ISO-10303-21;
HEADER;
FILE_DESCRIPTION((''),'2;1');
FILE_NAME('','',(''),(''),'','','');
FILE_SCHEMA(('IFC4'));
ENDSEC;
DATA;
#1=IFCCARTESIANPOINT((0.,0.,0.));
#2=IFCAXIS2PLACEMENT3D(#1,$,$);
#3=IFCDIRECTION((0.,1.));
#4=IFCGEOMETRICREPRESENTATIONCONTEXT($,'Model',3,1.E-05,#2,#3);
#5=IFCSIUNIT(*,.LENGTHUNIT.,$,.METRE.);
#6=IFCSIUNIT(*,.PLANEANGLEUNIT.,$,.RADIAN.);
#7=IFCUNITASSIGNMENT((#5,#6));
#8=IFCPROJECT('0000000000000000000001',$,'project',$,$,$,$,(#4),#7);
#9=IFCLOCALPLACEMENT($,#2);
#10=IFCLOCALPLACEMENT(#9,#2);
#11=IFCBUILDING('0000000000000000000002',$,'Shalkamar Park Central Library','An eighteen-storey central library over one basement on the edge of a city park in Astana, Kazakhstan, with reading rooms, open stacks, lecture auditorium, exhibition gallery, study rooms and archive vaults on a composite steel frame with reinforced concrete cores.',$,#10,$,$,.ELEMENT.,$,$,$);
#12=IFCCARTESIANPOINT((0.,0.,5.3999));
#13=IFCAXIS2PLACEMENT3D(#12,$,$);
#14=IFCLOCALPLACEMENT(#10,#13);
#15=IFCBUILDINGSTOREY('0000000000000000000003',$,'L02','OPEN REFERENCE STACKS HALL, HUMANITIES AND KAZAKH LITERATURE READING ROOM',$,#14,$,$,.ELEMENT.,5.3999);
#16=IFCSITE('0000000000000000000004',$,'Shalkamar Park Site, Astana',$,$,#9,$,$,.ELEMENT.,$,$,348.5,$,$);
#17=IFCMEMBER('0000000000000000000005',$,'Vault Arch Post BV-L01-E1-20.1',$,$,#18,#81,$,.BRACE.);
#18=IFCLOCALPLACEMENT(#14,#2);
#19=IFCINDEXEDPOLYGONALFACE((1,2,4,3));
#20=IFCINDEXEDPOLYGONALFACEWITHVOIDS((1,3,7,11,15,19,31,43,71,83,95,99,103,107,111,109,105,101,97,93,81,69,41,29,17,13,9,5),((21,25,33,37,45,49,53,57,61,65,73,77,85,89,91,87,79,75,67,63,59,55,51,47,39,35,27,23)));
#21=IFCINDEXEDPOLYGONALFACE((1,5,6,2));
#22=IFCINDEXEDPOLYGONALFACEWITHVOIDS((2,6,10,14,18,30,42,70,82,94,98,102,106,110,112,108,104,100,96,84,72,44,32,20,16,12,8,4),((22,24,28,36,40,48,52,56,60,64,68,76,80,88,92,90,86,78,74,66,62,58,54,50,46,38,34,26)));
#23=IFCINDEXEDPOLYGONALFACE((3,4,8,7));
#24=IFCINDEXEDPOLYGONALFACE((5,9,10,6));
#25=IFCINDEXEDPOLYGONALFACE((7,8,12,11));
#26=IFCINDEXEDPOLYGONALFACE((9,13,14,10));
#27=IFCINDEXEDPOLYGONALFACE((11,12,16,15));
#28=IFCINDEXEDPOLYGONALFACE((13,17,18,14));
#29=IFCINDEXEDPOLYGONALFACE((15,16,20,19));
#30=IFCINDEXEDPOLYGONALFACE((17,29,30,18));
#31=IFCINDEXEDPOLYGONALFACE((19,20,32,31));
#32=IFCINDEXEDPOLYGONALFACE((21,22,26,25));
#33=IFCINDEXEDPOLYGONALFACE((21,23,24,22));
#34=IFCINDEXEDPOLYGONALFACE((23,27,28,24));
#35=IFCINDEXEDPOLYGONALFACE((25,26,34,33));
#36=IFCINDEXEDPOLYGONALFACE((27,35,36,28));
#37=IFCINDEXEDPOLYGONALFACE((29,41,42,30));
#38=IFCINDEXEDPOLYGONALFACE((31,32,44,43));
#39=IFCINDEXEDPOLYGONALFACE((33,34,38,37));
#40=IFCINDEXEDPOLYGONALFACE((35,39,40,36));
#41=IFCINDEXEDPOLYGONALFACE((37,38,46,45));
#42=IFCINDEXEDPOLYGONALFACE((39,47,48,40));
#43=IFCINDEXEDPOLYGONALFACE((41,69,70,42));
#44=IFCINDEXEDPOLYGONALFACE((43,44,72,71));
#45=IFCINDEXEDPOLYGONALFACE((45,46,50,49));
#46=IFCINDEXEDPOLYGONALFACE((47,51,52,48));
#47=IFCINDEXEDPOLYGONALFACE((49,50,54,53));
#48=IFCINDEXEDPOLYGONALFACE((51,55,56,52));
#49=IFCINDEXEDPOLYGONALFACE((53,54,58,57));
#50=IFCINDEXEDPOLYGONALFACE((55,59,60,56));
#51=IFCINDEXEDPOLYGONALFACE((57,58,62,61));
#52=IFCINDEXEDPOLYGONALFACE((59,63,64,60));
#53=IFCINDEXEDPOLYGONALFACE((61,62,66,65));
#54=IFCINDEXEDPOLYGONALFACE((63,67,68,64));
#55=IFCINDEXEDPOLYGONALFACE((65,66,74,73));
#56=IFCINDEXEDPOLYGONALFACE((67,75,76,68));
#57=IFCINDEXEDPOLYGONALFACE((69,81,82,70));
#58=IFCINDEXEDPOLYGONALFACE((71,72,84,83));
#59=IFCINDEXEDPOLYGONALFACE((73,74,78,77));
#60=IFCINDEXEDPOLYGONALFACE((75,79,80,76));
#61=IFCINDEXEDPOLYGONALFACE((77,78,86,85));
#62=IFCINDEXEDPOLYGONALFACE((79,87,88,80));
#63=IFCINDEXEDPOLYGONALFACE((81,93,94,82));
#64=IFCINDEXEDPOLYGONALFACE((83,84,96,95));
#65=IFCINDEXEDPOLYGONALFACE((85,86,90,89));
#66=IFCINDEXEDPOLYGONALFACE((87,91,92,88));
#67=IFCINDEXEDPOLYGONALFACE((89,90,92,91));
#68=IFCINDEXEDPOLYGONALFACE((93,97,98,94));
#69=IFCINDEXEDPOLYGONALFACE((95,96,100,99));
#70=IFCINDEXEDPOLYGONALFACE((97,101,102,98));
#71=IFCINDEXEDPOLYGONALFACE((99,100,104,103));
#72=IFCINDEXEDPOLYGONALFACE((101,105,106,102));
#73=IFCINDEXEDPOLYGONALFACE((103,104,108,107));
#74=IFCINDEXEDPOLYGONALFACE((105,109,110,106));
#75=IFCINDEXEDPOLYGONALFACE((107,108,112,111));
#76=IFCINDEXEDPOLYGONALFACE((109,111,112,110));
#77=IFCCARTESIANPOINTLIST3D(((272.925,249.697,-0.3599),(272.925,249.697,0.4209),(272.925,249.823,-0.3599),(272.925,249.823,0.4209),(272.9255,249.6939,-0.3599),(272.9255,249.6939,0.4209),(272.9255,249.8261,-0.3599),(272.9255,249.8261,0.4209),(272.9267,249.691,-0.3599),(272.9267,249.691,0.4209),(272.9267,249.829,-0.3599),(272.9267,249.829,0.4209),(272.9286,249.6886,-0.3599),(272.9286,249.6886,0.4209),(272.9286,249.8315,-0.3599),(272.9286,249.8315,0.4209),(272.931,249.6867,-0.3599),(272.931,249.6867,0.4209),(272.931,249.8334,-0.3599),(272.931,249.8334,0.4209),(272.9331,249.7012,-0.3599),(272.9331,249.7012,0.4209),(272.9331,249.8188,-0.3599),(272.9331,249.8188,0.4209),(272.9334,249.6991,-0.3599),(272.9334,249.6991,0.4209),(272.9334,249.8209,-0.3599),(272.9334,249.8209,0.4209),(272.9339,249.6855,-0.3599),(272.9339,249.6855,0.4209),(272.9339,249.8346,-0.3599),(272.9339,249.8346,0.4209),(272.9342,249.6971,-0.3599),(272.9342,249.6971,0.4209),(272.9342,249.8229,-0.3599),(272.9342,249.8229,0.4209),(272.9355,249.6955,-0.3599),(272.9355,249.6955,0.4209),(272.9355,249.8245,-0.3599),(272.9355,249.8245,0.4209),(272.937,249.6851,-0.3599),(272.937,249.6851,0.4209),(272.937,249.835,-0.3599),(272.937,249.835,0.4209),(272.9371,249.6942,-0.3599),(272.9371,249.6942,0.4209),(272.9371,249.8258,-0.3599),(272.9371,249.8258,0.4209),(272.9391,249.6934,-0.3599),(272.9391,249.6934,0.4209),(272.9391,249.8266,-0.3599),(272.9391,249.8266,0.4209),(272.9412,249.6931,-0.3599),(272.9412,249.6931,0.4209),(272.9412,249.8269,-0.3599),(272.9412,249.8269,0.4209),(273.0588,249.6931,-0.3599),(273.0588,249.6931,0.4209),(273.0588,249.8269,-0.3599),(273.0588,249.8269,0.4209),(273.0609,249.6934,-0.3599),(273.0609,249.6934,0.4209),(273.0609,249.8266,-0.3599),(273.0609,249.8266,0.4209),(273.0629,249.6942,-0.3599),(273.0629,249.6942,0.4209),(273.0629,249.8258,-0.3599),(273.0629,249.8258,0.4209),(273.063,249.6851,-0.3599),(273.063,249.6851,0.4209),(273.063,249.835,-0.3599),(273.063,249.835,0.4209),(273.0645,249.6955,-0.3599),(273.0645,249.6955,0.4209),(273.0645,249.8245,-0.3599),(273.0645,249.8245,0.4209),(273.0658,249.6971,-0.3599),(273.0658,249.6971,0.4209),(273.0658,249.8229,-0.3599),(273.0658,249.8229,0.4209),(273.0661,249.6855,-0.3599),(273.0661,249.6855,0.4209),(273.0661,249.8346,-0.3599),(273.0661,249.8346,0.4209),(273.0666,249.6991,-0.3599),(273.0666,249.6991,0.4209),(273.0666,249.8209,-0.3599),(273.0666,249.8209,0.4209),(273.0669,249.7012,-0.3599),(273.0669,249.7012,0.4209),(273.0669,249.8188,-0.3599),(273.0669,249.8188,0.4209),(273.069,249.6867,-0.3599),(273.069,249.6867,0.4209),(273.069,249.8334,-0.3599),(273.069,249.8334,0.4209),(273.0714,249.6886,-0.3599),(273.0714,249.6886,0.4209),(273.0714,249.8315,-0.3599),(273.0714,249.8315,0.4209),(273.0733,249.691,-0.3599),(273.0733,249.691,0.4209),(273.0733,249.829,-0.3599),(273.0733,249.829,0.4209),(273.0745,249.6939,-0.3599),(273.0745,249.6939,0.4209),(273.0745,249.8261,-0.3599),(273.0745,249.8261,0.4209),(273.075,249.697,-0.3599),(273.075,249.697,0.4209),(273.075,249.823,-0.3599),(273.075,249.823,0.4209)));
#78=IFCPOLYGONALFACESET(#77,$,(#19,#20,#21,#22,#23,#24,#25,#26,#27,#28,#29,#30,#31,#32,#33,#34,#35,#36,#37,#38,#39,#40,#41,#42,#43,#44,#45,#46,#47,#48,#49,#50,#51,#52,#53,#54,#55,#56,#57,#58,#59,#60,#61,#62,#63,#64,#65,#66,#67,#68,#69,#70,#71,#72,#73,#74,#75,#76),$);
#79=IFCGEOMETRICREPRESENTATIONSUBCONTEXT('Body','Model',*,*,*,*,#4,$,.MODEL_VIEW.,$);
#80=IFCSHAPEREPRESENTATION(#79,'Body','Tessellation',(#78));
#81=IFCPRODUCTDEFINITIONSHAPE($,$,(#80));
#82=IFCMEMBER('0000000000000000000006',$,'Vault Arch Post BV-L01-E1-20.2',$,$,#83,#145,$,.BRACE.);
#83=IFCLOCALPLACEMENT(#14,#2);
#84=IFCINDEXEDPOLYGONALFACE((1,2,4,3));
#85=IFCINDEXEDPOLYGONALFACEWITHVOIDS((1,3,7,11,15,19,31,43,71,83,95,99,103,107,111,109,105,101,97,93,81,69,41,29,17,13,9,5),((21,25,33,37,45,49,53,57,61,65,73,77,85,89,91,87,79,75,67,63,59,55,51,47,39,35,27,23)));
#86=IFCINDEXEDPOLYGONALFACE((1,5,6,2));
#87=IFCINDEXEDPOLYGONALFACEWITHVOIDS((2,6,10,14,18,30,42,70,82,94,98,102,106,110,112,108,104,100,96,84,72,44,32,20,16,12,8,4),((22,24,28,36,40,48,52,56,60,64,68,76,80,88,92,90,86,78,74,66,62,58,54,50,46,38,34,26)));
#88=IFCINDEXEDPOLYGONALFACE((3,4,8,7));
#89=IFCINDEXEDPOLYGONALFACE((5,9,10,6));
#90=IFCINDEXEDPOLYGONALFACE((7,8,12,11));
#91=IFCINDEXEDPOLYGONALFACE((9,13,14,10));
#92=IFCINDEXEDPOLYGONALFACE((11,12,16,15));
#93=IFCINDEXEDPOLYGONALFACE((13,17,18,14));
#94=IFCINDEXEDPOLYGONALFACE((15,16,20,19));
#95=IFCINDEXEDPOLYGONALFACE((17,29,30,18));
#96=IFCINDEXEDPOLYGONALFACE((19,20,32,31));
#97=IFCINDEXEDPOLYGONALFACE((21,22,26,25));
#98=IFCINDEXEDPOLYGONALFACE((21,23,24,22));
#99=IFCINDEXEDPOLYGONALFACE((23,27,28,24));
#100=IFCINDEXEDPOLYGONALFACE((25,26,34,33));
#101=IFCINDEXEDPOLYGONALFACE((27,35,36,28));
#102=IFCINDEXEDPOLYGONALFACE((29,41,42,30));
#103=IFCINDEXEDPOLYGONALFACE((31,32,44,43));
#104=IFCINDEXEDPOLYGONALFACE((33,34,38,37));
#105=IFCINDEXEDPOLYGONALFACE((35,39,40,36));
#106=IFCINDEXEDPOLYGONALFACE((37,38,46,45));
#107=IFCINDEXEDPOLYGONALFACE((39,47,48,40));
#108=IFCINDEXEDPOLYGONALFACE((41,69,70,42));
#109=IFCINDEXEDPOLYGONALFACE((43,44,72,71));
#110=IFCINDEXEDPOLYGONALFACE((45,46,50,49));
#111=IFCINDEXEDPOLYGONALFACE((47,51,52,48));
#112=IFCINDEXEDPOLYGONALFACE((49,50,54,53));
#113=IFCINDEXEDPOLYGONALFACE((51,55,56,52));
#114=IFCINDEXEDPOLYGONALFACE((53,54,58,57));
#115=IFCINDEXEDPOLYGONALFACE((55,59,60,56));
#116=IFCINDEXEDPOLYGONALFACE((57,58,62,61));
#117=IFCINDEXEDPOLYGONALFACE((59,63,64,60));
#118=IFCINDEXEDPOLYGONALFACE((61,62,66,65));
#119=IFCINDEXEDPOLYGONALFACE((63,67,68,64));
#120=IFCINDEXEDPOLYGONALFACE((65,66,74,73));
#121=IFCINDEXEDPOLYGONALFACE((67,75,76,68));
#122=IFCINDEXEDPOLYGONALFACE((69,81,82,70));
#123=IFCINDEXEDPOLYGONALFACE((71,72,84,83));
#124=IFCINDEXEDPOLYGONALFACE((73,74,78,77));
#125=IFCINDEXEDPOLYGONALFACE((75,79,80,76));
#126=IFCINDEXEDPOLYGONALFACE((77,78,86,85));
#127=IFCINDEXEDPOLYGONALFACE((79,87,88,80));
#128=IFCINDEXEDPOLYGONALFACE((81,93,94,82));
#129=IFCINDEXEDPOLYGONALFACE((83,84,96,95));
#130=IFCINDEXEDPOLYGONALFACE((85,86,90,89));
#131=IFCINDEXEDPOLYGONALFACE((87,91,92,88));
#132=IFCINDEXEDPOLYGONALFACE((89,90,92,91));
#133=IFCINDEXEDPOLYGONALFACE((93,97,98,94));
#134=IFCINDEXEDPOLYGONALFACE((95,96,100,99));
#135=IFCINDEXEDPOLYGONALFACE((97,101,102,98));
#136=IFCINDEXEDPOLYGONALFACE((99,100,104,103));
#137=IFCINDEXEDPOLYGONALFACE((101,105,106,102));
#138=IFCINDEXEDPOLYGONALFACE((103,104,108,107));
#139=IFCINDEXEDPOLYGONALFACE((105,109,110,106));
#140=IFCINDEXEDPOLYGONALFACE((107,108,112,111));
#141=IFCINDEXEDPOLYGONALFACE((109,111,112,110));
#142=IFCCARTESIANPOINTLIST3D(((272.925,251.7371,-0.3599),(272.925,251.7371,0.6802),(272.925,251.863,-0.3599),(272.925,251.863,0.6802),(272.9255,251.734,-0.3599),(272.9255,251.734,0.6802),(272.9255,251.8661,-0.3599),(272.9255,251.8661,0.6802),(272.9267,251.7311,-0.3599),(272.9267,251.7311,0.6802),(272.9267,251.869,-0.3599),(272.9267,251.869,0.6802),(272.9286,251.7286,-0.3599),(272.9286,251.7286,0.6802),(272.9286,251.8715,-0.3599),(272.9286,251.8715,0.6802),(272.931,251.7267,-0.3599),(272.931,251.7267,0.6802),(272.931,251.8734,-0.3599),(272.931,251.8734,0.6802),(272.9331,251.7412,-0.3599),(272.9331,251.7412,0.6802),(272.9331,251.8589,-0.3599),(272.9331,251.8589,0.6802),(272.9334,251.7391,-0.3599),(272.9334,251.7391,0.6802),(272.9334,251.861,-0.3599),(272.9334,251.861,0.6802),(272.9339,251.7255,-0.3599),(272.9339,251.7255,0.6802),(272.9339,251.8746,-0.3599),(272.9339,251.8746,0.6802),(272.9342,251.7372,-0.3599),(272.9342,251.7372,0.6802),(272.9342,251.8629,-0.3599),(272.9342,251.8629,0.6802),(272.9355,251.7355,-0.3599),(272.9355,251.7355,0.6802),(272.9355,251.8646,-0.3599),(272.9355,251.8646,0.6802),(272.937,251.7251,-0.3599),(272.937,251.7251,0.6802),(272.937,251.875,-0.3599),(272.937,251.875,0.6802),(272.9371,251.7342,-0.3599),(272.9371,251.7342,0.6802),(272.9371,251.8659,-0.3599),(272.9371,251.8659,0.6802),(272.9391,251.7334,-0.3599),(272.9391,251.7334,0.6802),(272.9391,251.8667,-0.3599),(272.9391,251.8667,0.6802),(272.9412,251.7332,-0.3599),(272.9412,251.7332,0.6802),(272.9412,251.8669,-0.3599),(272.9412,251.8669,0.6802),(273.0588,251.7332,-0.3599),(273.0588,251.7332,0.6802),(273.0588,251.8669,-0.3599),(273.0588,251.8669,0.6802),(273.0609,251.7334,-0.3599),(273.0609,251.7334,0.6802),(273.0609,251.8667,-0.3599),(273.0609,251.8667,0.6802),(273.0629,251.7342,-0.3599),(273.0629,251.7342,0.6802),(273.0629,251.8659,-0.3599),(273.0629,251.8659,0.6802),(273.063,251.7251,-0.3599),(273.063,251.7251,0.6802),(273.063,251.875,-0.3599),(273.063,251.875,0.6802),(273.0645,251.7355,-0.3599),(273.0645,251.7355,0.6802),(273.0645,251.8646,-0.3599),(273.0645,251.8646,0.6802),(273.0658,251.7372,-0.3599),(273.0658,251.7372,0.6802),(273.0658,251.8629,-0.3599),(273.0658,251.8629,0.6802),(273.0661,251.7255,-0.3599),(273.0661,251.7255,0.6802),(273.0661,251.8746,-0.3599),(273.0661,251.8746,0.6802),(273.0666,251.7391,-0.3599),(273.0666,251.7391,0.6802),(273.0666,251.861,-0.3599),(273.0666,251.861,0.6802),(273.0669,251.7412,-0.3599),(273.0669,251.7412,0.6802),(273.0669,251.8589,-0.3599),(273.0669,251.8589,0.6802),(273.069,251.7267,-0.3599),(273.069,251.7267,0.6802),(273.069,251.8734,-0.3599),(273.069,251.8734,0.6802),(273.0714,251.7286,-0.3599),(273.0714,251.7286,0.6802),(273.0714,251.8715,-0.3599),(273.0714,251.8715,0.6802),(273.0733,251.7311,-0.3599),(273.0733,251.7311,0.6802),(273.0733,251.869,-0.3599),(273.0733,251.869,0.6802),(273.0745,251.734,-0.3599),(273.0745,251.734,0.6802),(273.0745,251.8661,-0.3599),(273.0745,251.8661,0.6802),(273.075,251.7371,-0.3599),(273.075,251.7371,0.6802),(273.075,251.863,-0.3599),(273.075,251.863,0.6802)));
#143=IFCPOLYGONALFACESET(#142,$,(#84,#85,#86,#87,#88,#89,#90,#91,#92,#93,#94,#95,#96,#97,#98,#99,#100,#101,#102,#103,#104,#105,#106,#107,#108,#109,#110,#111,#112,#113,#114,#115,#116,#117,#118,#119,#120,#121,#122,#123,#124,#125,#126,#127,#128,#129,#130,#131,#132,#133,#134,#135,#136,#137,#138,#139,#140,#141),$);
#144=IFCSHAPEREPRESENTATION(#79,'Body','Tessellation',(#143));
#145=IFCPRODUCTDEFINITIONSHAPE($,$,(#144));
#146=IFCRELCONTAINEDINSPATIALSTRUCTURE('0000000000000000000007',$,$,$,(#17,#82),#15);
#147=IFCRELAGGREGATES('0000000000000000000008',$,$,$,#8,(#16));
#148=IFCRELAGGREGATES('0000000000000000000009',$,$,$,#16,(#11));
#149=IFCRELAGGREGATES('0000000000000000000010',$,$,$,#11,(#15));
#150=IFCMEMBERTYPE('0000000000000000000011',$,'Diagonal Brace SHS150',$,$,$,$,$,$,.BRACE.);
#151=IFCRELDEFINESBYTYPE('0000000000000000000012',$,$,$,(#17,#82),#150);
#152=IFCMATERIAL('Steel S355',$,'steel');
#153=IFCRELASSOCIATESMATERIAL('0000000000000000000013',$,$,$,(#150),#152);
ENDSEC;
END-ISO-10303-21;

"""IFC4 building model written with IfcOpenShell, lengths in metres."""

from ifc_helpers import new_model, si_unit, direction, frame, origin, origin_2d, place, context, subcontext, project, spatial, hollow_rectangle, extrude, material, material_profile, profile_set, type_object, element, save


model = new_model("IFC4")

# Units and contexts
model_context = context("Model", 3, precision=1e-05, world=origin(), true_north=direction((0.0, 1.0)))
body_context = subcontext(model_context, "Body", "Model", "MODEL_VIEW")
ifc_project = project(units=[si_unit("LENGTHUNIT", "METRE"), si_unit("PLANEANGLEUNIT", "RADIAN")], contexts=[model_context])

# Site, building, storey
site_placement = place(None, origin())
site = spatial("IfcSite", under=ifc_project, at=site_placement, Name="Shalkamar Park Site, Astana", CompositionType="ELEMENT", RefElevation=348.5)
building_placement = place(site_placement, origin())
building = spatial("IfcBuilding", under=site, at=building_placement, Name="Shalkamar Park Central Library", Description="An eighteen-storey central library over one basement on the edge of a city park in Astana, Kazakhstan, with reading rooms, open stacks, lecture auditorium, exhibition gallery, study rooms and archive vaults on a composite steel frame with reinforced concrete cores.", CompositionType="ELEMENT")
storey_placement = place(building_placement, frame((0.0, 0.0, 5.3999)))
storey = spatial("IfcBuildingStorey", under=building, at=storey_placement, Name="L02", Description="OPEN REFERENCE STACKS HALL, HUMANITIES AND KAZAKH LITERATURE READING ROOM", CompositionType="ELEMENT", Elevation=5.3999)

# Shared definitions
ifc_material_1 = material(Name="Steel S355", Category="steel")

# Members
ifc_material_profile_1 = material_profile(ifc_material_1, hollow_rectangle(XDim=0.1499, YDim=0.1499, WallThickness=0.0081, InnerFilletRadius=0.0081, OuterFilletRadius=0.012, at=origin_2d()), Name="SHS 150x150x8")
ifc_profile_set_1 = profile_set([ifc_material_profile_1], Name="Steel S355")
member_type_1 = type_object("IfcMemberType", Name="Diagonal Brace SHS150", PredefinedType="BRACE", material=ifc_profile_set_1)
member_1_placement = place(storey_placement, frame((273.0, 249.76, -0.3599), z_axis=(0.0, 0.0, 1.0), x_axis=(1.0, 0.0, 0.0)))
element("IfcMember", 1, at=member_1_placement, inside=storey, type_object=member_type_1, Name="Vault Arch Post BV-L01-E1-20.1", PredefinedType="BRACE", context=body_context, shape_type="SweptSolid", body=[
    extrude(hollow_rectangle(XDim=0.1499, YDim=0.1499, WallThickness=0.0081, InnerFilletRadius=0.0081, OuterFilletRadius=0.012, at=origin_2d()), origin(), (0.0, 0.0, 1.0), 0.7808),
])
member_2_placement = place(storey_placement, frame((273.0, 251.8, -0.3599), z_axis=(0.0, 0.0, 1.0), x_axis=(1.0, 0.0, 0.0)))
element("IfcMember", 2, at=member_2_placement, inside=storey, type_object=member_type_1, Name="Vault Arch Post BV-L01-E1-20.2", PredefinedType="BRACE", context=body_context, shape_type="SweptSolid", body=[
    extrude(hollow_rectangle(XDim=0.1499, YDim=0.1499, WallThickness=0.0081, InnerFilletRadius=0.0081, OuterFilletRadius=0.012, at=origin_2d()), origin(), (0.0, 0.0, 1.0), 1.04),
])

save(model, "model.ifc")
